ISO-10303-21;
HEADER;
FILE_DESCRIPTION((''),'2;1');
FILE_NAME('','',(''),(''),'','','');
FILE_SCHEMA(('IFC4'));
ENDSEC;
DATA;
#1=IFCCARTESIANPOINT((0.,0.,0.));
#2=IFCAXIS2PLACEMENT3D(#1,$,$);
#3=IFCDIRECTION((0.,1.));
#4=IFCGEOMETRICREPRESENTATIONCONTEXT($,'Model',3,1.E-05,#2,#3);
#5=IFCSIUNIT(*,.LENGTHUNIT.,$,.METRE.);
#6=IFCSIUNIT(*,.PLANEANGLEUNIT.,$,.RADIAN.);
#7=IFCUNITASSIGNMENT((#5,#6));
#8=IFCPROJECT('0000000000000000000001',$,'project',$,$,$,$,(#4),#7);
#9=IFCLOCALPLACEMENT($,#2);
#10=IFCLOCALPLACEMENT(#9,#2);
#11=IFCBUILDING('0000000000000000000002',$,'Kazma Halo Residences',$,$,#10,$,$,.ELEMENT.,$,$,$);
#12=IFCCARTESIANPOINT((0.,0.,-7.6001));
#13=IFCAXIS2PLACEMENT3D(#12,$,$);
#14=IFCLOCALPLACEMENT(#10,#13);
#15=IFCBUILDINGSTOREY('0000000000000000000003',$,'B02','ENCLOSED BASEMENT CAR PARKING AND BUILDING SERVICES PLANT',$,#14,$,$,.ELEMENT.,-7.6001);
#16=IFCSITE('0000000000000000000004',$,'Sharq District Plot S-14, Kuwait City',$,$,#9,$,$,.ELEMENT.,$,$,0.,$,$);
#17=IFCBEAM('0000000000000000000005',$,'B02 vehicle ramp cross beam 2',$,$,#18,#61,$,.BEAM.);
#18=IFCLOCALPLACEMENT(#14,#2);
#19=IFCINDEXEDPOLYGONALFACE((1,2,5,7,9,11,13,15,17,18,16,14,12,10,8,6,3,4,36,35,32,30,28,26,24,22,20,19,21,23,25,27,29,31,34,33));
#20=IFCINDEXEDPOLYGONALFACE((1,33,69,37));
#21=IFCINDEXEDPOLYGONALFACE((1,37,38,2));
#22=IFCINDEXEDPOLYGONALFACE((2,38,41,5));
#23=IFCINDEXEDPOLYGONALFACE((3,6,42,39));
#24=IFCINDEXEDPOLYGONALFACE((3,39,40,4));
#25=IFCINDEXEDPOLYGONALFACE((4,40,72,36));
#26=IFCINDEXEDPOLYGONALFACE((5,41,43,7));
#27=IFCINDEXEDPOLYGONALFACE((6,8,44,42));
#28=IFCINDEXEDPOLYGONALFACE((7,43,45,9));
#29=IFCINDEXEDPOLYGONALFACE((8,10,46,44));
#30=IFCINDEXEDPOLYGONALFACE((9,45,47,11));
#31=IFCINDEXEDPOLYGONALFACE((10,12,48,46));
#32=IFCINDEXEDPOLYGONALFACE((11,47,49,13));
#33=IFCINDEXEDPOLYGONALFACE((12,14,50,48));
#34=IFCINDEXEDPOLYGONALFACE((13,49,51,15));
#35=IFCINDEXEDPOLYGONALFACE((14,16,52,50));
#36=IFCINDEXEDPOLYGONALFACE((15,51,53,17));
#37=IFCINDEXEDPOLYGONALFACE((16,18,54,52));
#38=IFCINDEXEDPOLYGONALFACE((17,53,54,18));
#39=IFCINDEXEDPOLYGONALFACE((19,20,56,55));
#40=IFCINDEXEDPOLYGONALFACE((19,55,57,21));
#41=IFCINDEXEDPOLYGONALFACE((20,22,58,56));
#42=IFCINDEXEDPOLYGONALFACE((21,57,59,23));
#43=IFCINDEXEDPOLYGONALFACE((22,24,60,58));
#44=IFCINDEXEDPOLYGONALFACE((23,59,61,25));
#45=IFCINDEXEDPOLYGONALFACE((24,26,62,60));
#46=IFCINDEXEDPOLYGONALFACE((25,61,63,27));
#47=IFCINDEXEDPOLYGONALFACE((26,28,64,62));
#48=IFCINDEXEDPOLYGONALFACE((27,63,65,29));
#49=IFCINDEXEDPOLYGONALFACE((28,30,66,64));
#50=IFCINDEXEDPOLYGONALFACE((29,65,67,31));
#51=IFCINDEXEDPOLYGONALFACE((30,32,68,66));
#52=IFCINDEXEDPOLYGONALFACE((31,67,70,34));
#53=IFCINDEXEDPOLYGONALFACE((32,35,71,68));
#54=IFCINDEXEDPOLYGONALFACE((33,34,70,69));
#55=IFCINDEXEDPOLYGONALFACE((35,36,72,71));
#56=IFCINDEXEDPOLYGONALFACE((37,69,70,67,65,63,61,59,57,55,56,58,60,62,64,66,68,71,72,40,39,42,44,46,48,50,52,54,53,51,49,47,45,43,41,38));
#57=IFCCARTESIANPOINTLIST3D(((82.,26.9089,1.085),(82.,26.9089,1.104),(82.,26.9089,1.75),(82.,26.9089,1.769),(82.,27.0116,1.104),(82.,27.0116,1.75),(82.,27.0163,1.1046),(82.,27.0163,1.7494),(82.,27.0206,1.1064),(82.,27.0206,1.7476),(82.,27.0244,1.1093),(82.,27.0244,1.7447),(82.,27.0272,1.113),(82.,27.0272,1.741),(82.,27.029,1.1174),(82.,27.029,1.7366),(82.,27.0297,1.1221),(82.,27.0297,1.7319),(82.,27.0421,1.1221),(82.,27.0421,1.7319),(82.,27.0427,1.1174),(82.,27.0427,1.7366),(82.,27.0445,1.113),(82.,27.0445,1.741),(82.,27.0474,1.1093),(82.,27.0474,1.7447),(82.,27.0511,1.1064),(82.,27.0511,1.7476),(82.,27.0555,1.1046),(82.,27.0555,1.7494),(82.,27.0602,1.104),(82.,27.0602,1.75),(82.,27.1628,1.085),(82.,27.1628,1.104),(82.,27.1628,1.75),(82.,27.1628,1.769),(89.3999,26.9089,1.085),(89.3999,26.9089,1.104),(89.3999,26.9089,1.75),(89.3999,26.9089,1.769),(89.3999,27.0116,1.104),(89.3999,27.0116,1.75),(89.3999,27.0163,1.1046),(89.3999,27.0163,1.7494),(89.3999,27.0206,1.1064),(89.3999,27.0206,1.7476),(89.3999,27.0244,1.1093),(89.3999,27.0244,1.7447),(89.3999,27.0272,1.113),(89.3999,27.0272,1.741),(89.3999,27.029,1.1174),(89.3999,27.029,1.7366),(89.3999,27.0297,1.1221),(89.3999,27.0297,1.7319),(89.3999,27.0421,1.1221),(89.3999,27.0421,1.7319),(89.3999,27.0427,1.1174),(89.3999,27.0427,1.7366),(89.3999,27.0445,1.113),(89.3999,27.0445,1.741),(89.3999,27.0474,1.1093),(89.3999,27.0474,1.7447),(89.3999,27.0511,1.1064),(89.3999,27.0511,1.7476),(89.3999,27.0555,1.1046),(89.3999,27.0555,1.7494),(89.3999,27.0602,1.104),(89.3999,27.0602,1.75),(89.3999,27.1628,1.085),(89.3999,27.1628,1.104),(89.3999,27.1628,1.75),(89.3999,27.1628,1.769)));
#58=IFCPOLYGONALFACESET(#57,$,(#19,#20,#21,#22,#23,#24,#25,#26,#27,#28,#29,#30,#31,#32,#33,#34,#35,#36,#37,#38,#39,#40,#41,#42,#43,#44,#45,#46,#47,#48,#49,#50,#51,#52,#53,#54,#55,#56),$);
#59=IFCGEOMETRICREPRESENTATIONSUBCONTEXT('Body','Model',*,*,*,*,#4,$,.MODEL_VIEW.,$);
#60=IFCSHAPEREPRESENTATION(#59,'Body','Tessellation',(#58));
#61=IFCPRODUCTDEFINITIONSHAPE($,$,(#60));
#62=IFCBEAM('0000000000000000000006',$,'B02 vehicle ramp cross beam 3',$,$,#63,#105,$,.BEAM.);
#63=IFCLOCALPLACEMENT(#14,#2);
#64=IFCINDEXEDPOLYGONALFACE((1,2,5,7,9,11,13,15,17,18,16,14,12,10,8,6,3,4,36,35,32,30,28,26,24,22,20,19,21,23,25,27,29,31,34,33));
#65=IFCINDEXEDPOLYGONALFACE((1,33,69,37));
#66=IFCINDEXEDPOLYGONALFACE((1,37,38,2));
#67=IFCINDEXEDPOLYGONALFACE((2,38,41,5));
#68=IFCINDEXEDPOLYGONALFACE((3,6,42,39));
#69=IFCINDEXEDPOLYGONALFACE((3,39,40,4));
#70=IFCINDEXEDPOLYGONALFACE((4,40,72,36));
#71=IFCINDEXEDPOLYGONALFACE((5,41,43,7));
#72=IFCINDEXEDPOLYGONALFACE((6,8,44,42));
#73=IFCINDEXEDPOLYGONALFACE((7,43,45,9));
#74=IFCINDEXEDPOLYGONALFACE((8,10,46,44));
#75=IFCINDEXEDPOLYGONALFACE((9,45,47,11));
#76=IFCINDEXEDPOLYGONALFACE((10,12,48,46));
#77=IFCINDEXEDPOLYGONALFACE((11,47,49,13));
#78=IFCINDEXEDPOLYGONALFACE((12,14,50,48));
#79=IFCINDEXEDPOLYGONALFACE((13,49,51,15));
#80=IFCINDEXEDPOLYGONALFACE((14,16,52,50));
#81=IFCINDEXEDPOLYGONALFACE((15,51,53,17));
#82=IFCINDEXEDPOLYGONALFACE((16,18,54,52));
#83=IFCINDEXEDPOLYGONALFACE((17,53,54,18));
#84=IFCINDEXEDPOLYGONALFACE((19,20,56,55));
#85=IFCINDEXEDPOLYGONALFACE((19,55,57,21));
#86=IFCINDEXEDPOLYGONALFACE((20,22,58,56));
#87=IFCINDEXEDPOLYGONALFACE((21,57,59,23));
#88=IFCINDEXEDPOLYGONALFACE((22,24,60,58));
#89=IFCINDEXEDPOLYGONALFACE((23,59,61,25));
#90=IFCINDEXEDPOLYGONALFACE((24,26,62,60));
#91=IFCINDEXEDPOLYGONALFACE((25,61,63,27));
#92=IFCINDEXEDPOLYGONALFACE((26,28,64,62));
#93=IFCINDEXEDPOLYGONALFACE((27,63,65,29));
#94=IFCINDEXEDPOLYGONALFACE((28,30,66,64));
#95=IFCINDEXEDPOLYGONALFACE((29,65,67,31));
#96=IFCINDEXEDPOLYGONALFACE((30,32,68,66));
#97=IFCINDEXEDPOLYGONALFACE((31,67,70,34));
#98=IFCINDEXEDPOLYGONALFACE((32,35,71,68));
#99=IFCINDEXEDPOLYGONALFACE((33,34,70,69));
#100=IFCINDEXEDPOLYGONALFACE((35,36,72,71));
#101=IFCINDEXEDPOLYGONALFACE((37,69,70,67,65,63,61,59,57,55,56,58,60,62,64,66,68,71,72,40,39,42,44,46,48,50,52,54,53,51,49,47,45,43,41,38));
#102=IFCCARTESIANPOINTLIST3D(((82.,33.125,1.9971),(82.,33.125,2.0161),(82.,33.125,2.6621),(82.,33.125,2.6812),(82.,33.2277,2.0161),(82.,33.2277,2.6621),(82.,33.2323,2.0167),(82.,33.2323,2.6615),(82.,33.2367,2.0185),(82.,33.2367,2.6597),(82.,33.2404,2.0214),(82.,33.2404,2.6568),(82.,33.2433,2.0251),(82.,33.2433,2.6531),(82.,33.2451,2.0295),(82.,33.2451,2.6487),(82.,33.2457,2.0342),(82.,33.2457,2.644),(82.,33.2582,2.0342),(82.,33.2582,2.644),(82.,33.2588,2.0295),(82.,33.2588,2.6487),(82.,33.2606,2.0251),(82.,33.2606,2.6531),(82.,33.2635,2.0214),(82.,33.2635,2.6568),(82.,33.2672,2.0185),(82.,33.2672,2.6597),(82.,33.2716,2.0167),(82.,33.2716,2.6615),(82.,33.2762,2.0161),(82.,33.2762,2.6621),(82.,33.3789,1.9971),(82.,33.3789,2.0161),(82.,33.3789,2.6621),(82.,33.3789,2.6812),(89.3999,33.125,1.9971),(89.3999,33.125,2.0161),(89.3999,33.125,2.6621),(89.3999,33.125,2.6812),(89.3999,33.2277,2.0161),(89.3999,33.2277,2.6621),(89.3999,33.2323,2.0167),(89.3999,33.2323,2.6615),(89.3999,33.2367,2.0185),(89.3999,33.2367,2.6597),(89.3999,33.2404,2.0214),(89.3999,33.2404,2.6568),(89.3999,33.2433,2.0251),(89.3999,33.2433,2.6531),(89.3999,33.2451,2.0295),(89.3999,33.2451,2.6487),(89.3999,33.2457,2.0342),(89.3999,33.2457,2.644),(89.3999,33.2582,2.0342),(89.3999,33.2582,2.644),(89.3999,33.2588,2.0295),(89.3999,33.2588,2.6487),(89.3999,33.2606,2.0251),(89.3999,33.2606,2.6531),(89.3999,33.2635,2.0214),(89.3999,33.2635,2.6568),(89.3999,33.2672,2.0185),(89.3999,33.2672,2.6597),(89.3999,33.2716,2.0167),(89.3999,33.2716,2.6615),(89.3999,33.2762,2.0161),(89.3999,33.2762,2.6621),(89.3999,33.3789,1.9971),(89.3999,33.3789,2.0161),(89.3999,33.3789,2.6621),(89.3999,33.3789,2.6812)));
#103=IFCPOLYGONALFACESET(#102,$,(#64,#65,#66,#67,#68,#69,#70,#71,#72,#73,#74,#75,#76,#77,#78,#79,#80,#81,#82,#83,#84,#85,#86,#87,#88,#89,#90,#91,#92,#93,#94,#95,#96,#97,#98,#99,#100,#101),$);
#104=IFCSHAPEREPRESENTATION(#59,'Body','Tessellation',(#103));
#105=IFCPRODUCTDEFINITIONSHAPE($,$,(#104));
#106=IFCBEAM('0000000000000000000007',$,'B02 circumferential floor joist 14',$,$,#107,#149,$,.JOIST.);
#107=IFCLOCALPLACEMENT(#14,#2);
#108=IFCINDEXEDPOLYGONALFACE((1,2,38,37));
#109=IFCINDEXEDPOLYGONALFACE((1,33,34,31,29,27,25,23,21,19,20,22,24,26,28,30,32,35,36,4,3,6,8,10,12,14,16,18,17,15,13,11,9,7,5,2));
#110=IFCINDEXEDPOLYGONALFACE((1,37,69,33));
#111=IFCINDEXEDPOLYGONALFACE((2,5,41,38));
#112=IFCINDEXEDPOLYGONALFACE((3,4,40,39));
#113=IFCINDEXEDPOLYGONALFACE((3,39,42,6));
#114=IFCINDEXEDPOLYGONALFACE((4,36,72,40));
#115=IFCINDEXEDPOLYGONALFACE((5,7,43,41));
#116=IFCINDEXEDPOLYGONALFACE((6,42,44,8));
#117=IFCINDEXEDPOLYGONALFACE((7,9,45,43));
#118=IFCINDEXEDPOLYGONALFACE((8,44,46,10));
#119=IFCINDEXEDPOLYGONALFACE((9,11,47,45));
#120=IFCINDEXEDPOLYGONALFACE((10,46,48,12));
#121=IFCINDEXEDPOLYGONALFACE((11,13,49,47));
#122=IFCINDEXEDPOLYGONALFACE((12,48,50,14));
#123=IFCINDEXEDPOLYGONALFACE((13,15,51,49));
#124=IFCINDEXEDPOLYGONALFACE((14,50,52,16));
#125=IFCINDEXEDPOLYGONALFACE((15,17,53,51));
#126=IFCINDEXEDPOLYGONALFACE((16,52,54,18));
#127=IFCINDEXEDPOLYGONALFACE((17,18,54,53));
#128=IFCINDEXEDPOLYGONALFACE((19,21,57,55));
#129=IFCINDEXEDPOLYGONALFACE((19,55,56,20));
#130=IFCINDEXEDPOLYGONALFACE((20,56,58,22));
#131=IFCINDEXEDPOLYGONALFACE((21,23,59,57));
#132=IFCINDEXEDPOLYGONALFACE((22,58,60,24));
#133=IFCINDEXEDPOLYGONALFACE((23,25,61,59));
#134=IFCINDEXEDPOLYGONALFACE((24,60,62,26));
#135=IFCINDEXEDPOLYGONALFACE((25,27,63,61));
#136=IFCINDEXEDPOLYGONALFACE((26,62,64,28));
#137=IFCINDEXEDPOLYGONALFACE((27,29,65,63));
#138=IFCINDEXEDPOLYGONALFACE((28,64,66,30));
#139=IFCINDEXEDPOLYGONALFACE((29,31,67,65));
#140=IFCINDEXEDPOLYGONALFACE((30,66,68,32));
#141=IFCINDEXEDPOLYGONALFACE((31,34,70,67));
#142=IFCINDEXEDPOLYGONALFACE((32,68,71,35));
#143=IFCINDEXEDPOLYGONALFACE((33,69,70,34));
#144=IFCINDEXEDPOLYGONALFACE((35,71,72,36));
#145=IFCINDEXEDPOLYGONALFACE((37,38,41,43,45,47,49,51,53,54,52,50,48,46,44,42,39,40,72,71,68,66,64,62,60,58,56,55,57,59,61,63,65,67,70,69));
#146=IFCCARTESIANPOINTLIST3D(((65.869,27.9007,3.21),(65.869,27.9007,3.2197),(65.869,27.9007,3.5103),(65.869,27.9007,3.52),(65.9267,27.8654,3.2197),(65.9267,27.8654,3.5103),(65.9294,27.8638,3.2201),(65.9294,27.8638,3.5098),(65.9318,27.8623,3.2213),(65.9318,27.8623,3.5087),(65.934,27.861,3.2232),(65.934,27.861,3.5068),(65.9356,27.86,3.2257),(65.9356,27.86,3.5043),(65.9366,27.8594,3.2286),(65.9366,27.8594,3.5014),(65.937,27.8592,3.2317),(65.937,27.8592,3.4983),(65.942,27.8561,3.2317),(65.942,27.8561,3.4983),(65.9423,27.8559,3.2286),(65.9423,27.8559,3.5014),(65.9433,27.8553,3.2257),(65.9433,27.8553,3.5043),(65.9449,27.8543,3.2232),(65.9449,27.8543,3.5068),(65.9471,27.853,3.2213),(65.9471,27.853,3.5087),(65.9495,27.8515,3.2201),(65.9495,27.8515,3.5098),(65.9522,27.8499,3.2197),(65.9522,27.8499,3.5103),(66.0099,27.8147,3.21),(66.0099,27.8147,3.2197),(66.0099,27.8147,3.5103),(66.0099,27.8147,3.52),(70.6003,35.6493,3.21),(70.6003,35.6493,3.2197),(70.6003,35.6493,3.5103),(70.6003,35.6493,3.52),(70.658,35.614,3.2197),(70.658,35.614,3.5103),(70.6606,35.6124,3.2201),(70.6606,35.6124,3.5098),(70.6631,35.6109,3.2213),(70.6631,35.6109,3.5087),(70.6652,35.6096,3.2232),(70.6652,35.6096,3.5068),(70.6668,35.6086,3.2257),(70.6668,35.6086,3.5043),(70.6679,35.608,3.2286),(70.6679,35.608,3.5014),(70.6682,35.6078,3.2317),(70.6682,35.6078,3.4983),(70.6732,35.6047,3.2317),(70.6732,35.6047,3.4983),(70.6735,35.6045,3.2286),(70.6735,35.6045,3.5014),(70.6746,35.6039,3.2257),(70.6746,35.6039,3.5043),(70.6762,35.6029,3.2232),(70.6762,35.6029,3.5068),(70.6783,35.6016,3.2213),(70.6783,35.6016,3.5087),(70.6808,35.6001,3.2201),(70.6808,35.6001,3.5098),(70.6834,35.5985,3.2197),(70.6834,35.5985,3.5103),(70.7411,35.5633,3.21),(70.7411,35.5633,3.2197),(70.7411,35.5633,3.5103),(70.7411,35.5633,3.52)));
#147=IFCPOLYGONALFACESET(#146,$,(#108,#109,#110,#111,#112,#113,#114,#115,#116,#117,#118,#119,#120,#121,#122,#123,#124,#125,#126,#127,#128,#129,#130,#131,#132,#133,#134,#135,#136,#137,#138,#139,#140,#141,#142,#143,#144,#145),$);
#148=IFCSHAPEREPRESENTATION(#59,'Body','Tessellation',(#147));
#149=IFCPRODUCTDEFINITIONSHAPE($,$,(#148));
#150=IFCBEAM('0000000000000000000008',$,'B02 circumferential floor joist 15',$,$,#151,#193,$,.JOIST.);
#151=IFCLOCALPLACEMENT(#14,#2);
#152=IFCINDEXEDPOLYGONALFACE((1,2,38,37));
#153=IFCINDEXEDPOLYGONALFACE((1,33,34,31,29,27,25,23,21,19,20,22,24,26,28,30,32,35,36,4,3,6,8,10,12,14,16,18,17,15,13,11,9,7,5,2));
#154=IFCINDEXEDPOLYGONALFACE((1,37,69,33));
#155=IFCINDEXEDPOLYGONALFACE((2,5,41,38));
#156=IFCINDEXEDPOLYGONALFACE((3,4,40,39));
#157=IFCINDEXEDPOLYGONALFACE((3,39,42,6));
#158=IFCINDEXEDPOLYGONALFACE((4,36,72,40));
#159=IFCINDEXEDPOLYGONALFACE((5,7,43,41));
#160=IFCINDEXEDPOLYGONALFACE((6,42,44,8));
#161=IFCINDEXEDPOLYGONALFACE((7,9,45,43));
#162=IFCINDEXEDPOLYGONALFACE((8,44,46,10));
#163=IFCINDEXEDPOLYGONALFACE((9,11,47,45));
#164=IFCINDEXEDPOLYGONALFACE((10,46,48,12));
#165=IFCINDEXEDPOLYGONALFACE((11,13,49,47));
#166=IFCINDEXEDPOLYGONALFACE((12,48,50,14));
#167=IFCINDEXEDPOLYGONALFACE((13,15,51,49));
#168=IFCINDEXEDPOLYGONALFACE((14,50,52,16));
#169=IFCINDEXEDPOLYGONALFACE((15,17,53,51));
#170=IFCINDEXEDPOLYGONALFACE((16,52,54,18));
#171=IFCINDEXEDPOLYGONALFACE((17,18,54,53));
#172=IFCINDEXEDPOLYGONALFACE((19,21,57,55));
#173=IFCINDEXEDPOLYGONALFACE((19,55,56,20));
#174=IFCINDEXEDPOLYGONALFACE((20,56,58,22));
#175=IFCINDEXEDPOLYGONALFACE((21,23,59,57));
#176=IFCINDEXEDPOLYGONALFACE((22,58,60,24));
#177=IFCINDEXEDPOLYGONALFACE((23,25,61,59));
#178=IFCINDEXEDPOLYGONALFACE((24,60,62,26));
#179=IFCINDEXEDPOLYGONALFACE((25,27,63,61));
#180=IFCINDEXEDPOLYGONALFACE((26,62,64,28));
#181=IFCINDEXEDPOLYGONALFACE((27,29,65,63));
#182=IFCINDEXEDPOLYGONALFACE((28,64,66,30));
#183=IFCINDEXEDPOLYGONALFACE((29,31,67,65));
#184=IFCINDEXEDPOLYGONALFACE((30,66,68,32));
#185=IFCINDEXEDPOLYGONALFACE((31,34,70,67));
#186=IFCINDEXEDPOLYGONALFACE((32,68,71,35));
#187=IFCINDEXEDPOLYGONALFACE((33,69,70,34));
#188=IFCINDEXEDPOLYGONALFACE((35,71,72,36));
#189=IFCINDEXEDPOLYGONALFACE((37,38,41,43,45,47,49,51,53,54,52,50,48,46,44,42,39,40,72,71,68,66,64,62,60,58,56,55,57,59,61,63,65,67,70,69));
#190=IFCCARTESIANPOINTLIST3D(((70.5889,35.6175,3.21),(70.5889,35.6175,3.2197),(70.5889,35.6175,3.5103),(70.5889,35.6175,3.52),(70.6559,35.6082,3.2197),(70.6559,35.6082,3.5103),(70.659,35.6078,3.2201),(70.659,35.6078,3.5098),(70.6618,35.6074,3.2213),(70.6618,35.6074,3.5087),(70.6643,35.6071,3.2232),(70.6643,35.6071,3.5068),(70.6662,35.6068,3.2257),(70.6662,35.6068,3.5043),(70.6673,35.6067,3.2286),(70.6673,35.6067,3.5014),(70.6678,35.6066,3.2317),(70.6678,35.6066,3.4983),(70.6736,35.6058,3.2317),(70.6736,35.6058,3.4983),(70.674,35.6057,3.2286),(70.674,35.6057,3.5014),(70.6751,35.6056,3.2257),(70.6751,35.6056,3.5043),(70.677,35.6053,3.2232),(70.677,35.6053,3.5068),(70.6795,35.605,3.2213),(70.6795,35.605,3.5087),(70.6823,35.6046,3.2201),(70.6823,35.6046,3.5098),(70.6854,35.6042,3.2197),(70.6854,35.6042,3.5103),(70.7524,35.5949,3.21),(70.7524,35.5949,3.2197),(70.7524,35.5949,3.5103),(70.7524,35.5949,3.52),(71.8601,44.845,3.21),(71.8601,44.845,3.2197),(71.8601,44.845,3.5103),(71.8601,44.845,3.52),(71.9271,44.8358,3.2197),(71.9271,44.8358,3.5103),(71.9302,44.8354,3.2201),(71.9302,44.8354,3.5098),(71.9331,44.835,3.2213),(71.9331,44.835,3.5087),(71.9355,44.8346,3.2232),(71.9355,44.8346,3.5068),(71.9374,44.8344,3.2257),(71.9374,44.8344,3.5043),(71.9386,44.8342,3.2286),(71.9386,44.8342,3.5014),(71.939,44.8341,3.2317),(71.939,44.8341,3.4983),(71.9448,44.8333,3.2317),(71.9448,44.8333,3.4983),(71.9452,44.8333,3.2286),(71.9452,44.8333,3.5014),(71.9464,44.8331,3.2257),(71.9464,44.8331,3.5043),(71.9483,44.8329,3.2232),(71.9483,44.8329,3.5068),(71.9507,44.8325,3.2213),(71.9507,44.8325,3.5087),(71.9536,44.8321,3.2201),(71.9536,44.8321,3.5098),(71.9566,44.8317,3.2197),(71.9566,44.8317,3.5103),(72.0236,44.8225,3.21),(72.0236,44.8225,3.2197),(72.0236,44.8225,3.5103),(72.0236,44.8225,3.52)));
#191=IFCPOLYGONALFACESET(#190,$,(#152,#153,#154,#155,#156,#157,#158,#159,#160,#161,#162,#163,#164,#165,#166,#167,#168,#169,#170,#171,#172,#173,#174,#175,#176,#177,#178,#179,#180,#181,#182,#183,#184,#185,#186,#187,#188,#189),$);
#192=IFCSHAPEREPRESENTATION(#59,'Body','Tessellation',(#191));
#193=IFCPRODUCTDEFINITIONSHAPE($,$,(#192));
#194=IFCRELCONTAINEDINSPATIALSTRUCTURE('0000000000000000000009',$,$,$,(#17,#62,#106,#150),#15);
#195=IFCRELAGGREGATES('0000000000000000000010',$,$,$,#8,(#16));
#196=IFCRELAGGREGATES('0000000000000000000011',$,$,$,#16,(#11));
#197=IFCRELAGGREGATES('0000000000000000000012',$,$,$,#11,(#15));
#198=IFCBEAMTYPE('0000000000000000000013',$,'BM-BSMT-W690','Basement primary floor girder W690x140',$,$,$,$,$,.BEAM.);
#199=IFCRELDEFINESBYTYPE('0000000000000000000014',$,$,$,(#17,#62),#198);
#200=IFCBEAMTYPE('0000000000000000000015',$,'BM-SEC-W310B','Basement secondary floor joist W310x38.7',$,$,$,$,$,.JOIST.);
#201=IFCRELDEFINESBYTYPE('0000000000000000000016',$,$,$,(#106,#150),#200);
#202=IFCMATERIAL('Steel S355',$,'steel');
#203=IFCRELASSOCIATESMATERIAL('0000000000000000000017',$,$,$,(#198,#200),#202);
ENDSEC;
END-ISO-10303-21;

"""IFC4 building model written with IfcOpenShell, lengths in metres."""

from ifc_helpers import new_model, si_unit, direction, frame, origin, origin_2d, place, context, subcontext, project, spatial, i_section, extrude, material, material_profile, profile_set, type_object, element, save


model = new_model("IFC4")

# Units and contexts
model_context = context("Model", 3, precision=1e-05, world=origin(), true_north=direction((0.0, 1.0)))
body_context = subcontext(model_context, "Body", "Model", "MODEL_VIEW")
ifc_project = project(units=[si_unit("LENGTHUNIT", "METRE"), si_unit("PLANEANGLEUNIT", "RADIAN")], contexts=[model_context])

# Site, building, storey
site_placement = place(None, origin())
site = spatial("IfcSite", under=ifc_project, at=site_placement, Name="Sharq District Plot S-14, Kuwait City", CompositionType="ELEMENT", RefElevation=0.0)
building_placement = place(site_placement, origin())
building = spatial("IfcBuilding", under=site, at=building_placement, Name="Kazma Halo Residences", CompositionType="ELEMENT")
storey_placement = place(building_placement, frame((0.0, 0.0, -7.6001)))
storey = spatial("IfcBuildingStorey", under=building, at=storey_placement, Name="B02", Description="ENCLOSED BASEMENT CAR PARKING AND BUILDING SERVICES PLANT", CompositionType="ELEMENT", Elevation=-7.6001)

# Beams
ifc_material_1 = material(Name="Steel S355", Category="steel")
ifc_material_profile_1 = material_profile(ifc_material_1, i_section(OverallWidth=0.2539, OverallDepth=0.6841, WebThickness=0.0125, FlangeThickness=0.019, FilletRadius=0.0181, at=origin_2d()), Name="W690x140")
ifc_profile_set_1 = profile_set([ifc_material_profile_1], Name="Steel S355")
beam_type_1 = type_object("IfcBeamType", Name="BM-BSMT-W690", Description="Basement primary floor girder W690x140", PredefinedType="BEAM", material=ifc_profile_set_1)
for number, where, z_axis, x_axis, name in (
    (1, (82.0, 27.0359, 1.427), (1.0, 0.0, 0.0), (0.0, 1.0, 0.0), "B02 vehicle ramp cross beam 2"),
    (2, (82.0, 33.252, 2.3391), (1.0, 0.0, 0.0), (0.0, 1.0, 0.0), "B02 vehicle ramp cross beam 3"),
):
    element("IfcBeam", number, at=place(storey_placement, frame(where, z_axis=z_axis, x_axis=x_axis)), inside=storey, type_object=beam_type_1, Name=name, PredefinedType="BEAM", context=body_context, shape_type="SweptSolid", body=[
        extrude(i_section(OverallWidth=0.2539, OverallDepth=0.6841, WebThickness=0.0125, FlangeThickness=0.019, FilletRadius=0.0181, at=origin_2d()), origin(), (0.0, 0.0, 1.0), 7.3999),
    ])
ifc_material_profile_2 = material_profile(ifc_material_1, i_section(OverallWidth=0.165, OverallDepth=0.3101, WebThickness=0.0059, FlangeThickness=0.0098, FilletRadius=0.012, at=origin_2d()), Name="W310x38.7")
ifc_profile_set_2 = profile_set([ifc_material_profile_2], Name="Steel S355")
beam_type_2 = type_object("IfcBeamType", Name="BM-SEC-W310B", Description="Basement secondary floor joist W310x38.7", PredefinedType="JOIST", material=ifc_profile_set_2)
beam_1_placement = place(storey_placement, frame((65.9395, 27.8577, 3.365), z_axis=(0.521128, 0.853479, 0.0), x_axis=(-0.853479, 0.521128, 0.0)))
element("IfcBeam", 3, at=beam_1_placement, inside=storey, type_object=beam_type_2, Name="B02 circumferential floor joist 14", PredefinedType="JOIST", context=body_context, shape_type="SweptSolid", body=[
    extrude(i_section(OverallWidth=0.165, OverallDepth=0.3101, WebThickness=0.0059, FlangeThickness=0.0098, FilletRadius=0.012, at=origin_2d()), origin(), (0.0, 0.0, 1.0), 9.0789),
])
beam_2_placement = place(storey_placement, frame((70.6707, 35.6062, 3.365), z_axis=(0.136477, 0.990643, 0.0), x_axis=(-0.990643, 0.136477, 0.0)))
element("IfcBeam", 4, at=beam_2_placement, inside=storey, type_object=beam_type_2, Name="B02 circumferential floor joist 15", PredefinedType="JOIST", context=body_context, shape_type="SweptSolid", body=[
    extrude(i_section(OverallWidth=0.165, OverallDepth=0.3101, WebThickness=0.0059, FlangeThickness=0.0098, FilletRadius=0.012, at=origin_2d()), origin(), (0.0, 0.0, 1.0), 9.3147),
])

save(model, "model.ifc")
